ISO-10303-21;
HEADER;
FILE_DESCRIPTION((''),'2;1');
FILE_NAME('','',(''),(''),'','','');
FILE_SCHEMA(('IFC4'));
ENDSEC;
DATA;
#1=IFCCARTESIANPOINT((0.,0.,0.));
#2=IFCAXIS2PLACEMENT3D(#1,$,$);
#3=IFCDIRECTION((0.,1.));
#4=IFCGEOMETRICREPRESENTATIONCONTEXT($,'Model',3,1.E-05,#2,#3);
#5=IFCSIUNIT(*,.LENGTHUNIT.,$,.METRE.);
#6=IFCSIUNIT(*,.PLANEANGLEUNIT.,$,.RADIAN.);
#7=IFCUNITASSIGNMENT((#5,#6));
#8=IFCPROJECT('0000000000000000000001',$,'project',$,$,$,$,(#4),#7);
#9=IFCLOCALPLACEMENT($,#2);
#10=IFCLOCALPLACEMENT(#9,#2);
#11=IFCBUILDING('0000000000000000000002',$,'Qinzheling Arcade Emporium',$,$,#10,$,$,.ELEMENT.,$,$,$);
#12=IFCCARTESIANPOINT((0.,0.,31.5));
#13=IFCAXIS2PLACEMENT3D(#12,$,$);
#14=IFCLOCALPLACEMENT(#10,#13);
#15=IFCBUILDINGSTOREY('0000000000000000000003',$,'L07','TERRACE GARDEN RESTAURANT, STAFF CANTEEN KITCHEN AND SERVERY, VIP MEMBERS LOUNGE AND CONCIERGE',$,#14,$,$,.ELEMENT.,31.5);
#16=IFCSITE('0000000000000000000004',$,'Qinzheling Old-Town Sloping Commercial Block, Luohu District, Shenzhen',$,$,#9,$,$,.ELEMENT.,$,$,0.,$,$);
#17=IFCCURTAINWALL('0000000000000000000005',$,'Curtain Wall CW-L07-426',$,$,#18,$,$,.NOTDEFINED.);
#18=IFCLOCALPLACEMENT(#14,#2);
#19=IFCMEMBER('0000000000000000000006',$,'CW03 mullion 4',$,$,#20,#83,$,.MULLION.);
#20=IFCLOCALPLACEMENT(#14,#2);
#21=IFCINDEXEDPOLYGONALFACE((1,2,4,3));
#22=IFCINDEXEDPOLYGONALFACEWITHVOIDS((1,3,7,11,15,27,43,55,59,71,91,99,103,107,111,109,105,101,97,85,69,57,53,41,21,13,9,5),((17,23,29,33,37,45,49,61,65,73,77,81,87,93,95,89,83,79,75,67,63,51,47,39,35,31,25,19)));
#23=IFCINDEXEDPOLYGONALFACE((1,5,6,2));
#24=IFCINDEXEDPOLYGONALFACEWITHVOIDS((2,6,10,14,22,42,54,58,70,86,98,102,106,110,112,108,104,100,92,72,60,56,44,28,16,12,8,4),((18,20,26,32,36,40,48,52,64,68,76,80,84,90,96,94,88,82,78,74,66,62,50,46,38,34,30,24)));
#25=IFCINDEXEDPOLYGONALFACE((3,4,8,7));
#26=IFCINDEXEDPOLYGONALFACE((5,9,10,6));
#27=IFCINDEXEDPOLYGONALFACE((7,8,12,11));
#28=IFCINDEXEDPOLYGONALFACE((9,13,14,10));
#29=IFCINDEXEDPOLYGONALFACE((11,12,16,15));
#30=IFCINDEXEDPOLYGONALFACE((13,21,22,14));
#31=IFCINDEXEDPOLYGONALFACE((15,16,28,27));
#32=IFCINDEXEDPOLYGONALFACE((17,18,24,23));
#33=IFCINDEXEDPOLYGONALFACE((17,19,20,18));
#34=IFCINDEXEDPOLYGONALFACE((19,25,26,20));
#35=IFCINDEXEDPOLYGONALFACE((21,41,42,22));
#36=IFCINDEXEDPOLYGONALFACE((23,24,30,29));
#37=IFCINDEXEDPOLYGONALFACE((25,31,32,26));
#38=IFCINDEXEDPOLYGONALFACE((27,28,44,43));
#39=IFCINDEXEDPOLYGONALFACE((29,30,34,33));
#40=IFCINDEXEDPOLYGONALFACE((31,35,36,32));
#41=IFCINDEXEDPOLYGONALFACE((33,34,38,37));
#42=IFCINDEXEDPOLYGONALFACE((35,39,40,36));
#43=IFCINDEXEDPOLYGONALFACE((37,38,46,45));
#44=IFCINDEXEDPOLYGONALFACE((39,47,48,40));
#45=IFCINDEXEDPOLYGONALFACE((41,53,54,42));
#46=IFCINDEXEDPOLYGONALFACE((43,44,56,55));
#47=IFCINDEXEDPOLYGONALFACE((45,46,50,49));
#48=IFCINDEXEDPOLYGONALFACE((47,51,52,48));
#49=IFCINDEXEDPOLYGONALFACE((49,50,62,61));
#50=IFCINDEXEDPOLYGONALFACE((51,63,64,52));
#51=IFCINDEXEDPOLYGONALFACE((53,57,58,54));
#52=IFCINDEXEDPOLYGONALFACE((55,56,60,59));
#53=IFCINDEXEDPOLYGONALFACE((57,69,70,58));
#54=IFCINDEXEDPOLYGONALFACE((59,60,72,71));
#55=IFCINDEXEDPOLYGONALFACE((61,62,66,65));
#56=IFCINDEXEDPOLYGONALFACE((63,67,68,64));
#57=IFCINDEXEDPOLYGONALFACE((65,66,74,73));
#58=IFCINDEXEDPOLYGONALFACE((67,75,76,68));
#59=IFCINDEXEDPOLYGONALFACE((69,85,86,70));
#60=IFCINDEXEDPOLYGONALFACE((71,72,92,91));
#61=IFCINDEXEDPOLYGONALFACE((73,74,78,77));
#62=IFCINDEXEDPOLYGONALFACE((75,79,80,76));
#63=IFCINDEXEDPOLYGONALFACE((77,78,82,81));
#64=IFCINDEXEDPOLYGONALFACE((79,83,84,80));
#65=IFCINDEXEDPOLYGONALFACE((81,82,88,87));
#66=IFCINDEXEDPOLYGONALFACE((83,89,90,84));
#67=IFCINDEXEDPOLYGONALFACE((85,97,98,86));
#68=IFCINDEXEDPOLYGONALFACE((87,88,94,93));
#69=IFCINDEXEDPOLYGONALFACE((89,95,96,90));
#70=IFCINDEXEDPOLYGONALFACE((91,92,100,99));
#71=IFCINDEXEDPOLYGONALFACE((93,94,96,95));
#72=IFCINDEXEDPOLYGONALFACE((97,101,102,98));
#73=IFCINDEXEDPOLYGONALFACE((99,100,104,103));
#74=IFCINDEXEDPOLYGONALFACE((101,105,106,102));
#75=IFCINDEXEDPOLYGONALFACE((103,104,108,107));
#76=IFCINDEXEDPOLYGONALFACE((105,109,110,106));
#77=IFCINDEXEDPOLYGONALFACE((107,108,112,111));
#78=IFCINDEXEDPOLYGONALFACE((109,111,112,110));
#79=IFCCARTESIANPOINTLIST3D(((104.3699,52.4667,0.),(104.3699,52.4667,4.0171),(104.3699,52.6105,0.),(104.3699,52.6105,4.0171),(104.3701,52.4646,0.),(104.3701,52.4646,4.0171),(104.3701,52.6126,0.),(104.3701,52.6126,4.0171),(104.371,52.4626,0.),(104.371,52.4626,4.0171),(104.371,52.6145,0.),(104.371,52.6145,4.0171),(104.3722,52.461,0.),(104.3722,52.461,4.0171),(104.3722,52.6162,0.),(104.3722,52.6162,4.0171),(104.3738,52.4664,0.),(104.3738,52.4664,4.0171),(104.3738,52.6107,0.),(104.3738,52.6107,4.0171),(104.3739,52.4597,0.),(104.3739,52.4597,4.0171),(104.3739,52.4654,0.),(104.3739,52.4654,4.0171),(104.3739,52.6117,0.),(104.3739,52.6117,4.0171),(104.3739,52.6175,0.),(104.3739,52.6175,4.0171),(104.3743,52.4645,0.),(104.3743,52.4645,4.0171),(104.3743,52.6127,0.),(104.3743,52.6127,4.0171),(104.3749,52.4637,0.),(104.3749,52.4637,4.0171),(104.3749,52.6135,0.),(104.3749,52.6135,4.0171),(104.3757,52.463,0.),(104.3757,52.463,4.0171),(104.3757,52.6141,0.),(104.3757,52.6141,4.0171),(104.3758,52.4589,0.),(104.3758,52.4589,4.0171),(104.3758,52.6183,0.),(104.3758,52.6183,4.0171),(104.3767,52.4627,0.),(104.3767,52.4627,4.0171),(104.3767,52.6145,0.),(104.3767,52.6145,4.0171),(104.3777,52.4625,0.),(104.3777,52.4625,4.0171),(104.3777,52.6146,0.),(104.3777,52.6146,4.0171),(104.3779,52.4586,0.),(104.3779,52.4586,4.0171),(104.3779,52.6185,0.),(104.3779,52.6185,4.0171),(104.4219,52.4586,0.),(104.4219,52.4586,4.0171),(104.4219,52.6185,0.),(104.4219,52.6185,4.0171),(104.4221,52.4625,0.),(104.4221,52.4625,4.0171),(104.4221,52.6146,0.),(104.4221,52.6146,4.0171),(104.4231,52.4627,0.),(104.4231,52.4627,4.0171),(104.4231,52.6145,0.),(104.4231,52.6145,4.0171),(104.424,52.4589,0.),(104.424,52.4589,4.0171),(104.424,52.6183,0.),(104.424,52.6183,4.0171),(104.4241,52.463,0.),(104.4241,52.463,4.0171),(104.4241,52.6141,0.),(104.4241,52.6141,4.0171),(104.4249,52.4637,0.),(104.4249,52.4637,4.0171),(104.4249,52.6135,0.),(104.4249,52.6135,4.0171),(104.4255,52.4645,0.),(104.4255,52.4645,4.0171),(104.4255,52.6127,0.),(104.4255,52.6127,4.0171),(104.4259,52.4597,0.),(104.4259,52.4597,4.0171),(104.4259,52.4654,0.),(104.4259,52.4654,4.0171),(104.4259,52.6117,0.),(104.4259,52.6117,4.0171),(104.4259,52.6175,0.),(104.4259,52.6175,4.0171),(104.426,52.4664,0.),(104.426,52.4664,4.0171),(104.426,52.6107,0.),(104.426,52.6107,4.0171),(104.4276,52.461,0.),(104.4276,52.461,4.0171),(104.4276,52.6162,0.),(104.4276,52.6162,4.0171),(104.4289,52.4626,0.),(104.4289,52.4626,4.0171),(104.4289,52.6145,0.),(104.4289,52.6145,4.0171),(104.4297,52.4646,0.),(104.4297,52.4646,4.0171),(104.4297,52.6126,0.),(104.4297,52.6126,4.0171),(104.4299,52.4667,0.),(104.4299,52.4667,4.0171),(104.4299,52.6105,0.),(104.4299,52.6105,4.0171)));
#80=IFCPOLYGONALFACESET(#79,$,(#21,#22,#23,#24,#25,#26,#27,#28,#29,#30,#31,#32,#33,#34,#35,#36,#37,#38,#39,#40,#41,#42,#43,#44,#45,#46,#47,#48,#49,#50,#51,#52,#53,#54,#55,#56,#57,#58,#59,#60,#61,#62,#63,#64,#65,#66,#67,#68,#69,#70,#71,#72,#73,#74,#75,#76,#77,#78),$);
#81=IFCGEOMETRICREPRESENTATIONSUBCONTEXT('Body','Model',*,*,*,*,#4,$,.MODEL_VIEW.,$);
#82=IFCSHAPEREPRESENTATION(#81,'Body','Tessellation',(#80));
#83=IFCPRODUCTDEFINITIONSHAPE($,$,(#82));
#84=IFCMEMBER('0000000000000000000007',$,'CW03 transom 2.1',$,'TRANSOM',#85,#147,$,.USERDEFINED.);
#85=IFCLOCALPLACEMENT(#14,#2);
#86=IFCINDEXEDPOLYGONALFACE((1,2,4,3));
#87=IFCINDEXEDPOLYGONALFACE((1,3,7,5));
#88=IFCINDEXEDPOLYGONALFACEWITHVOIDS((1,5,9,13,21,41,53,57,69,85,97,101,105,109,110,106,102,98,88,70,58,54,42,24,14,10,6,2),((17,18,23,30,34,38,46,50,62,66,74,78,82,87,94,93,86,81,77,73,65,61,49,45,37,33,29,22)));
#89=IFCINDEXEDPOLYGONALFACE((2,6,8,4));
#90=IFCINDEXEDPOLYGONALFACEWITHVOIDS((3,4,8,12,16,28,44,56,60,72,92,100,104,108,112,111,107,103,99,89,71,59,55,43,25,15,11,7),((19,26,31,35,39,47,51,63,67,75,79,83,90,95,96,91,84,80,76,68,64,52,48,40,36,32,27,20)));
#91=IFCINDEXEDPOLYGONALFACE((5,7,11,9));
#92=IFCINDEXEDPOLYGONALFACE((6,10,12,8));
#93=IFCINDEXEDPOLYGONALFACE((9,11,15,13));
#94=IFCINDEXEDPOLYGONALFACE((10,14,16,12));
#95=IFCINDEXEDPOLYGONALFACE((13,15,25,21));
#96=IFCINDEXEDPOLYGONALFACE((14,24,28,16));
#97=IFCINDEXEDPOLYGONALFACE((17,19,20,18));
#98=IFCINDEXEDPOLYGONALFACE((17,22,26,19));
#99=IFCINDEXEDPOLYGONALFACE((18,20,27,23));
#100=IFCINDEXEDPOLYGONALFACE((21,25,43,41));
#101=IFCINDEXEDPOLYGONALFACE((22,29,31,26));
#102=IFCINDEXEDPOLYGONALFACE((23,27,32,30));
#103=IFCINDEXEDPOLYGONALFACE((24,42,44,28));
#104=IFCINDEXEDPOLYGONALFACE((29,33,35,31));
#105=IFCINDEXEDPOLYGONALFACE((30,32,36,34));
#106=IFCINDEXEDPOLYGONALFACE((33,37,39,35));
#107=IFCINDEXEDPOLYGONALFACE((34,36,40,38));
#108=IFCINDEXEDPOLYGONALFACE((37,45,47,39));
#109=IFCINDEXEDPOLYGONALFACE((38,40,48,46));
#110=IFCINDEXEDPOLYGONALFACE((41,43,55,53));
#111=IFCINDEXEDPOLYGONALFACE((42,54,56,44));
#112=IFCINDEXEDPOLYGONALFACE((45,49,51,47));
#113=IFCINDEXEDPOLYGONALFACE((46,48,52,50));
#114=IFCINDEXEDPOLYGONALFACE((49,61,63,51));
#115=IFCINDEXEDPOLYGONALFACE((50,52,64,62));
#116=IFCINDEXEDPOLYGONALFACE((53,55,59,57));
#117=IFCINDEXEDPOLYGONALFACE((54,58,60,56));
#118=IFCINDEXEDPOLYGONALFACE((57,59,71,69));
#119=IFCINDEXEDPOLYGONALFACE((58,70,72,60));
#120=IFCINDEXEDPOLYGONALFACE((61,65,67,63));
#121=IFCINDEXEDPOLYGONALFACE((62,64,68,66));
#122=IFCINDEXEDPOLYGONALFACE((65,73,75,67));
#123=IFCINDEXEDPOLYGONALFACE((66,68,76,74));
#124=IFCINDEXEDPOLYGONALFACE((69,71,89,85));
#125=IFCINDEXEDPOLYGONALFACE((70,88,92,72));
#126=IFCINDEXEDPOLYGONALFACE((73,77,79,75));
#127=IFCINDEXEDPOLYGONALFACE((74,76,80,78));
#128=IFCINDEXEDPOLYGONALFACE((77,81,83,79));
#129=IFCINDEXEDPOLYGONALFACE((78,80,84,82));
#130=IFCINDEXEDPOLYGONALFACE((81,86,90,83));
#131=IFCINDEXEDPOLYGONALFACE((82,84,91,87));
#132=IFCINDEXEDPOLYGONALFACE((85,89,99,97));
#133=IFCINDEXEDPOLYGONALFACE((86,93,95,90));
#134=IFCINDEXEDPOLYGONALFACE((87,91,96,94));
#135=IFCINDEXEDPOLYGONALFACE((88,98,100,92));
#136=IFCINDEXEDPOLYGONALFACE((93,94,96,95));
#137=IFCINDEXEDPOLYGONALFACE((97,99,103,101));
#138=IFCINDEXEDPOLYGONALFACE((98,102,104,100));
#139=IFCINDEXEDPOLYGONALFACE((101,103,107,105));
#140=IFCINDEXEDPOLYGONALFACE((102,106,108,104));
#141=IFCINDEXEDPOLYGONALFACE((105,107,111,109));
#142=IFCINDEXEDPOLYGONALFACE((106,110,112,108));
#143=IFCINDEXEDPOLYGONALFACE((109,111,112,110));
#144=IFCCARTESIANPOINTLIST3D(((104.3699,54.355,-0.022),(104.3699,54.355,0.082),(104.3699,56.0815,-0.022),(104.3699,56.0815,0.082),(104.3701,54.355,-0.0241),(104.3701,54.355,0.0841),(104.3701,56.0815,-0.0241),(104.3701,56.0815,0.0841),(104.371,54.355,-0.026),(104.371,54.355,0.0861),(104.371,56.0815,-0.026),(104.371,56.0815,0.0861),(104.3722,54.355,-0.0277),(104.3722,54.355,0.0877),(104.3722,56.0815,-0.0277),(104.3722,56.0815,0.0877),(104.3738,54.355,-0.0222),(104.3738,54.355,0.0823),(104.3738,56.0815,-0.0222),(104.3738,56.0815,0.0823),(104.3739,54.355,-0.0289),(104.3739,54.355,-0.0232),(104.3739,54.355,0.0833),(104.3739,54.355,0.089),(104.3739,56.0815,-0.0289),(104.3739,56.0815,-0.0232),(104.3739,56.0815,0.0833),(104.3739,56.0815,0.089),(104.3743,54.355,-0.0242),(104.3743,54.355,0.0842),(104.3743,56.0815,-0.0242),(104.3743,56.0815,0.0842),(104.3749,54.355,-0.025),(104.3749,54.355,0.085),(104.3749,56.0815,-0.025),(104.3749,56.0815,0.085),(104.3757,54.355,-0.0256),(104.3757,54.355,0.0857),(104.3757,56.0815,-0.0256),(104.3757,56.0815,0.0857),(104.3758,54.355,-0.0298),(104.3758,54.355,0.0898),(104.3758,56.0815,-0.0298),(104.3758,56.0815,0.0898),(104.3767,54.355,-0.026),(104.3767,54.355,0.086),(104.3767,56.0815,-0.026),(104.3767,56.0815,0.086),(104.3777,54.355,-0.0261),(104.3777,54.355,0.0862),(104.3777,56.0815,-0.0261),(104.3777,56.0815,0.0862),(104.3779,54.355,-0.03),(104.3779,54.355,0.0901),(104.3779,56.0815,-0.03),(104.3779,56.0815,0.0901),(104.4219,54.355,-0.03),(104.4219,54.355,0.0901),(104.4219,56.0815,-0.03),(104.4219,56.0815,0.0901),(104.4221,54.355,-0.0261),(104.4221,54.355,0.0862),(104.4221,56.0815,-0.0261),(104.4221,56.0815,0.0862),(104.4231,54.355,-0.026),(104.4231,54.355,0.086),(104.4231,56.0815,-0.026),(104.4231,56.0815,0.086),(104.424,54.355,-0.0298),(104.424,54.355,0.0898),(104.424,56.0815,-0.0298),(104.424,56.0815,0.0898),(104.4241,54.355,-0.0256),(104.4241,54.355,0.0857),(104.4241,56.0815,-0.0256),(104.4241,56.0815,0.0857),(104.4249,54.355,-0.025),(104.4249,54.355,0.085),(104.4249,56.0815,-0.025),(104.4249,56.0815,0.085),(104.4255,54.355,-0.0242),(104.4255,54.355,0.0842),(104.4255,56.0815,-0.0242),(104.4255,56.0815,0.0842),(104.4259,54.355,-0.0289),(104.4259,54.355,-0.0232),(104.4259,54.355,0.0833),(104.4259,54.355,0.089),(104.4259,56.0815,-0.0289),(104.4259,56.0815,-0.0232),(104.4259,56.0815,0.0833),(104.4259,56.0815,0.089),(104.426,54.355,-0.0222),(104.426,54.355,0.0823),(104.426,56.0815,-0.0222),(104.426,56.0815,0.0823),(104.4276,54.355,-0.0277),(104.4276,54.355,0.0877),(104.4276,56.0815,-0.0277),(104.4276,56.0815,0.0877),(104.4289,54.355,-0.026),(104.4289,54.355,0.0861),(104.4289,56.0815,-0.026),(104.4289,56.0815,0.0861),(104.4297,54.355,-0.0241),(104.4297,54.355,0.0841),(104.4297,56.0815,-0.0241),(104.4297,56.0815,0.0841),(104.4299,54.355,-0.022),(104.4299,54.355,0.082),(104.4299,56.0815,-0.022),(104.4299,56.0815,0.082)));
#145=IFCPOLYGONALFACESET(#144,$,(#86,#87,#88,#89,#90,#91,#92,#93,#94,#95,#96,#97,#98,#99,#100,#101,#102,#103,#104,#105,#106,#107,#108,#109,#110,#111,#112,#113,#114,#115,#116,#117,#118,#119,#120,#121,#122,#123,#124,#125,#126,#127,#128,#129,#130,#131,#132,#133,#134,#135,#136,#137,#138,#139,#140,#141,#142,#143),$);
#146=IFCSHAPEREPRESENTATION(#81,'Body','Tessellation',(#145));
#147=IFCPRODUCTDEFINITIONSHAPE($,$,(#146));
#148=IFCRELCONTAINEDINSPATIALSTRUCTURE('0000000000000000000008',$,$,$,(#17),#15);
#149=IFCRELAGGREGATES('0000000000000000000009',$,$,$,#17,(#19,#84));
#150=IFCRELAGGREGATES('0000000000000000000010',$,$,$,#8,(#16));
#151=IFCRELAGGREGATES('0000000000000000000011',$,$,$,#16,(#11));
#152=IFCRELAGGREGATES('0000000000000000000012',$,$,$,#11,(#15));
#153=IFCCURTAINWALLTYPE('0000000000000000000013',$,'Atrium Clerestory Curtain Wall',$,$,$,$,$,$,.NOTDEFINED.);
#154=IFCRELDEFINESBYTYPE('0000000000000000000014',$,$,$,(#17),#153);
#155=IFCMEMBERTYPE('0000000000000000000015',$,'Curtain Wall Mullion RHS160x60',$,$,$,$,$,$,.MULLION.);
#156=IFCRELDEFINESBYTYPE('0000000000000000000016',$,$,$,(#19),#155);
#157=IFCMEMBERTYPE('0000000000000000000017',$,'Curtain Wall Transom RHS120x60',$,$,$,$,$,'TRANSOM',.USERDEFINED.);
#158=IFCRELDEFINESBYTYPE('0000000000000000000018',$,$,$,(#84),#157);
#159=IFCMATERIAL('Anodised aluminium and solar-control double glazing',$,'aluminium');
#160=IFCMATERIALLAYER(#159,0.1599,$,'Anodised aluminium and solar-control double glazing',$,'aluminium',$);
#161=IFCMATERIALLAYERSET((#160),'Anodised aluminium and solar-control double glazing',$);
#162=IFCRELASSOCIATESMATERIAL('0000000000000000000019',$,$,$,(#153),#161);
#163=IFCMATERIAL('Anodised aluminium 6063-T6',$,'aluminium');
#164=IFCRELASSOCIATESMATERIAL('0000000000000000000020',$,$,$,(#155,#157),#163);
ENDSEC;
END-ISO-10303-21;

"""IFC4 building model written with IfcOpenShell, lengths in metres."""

from ifc_helpers import new_model, si_unit, direction, frame, origin, origin_2d, place, context, subcontext, project, spatial, hollow_rectangle, extrude, material, layer, layer_set, material_profile, profile_set, type_object, element, aggregate, save


model = new_model("IFC4")

# Units and contexts
model_context = context("Model", 3, precision=1e-05, world=origin(), true_north=direction((0.0, 1.0)))
body_context = subcontext(model_context, "Body", "Model", "MODEL_VIEW")
ifc_project = project(units=[si_unit("LENGTHUNIT", "METRE"), si_unit("PLANEANGLEUNIT", "RADIAN")], contexts=[model_context])

# Site, building, storey
site_placement = place(None, origin())
site = spatial("IfcSite", under=ifc_project, at=site_placement, Name="Qinzheling Old-Town Sloping Commercial Block, Luohu District, Shenzhen", CompositionType="ELEMENT", RefElevation=0.0)
building_placement = place(site_placement, origin())
building = spatial("IfcBuilding", under=site, at=building_placement, Name="Qinzheling Arcade Emporium", CompositionType="ELEMENT")
storey_placement = place(building_placement, frame((0.0, 0.0, 31.5)))
storey = spatial("IfcBuildingStorey", under=building, at=storey_placement, Name="L07", Description="TERRACE GARDEN RESTAURANT, STAFF CANTEEN KITCHEN AND SERVERY, VIP MEMBERS LOUNGE AND CONCIERGE", CompositionType="ELEMENT", Elevation=31.5)

# Curtain wall, members
ifc_material_1 = material(Name="Anodised aluminium and solar-control double glazing", Category="aluminium")
ifc_layer_1 = layer(ifc_material_1, 0.1599, Name="Anodised aluminium and solar-control double glazing", Category="aluminium")
ifc_layer_set_1 = layer_set([ifc_layer_1], Name="Anodised aluminium and solar-control double glazing")
curtain_wall_type = type_object("IfcCurtainWallType", Name="Atrium Clerestory Curtain Wall", PredefinedType="NOTDEFINED", material=ifc_layer_set_1)
curtain_wall_placement = place(storey_placement, origin())
curtain_wall = element("IfcCurtainWall", 1, at=curtain_wall_placement, inside=storey, type_object=curtain_wall_type, Name="Curtain Wall CW-L07-426", PredefinedType="NOTDEFINED")
ifc_material_2 = material(Name="Anodised aluminium 6063-T6", Category="aluminium")
ifc_material_profile_1 = material_profile(ifc_material_2, hollow_rectangle(XDim=0.0601, YDim=0.1599, WallThickness=0.0039, InnerFilletRadius=0.0039, OuterFilletRadius=0.0081, at=origin_2d()), Name="RHS 160x60x4", Category="aluminium")
ifc_profile_set_1 = profile_set([ifc_material_profile_1], Name="Anodised aluminium 6063-T6")
member_type_1 = type_object("IfcMemberType", Name="Curtain Wall Mullion RHS160x60", PredefinedType="MULLION", material=ifc_profile_set_1)
member_1_placement = place(storey_placement, frame((104.3999, 52.5386, 0.0), z_axis=(0.0, 0.0, 1.0), x_axis=(1.0, 0.0, 0.0)))
member_1 = element("IfcMember", 2, at=member_1_placement, type_object=member_type_1, Name="CW03 mullion 4", PredefinedType="MULLION", context=body_context, shape_type="SweptSolid", body=[
    extrude(hollow_rectangle(XDim=0.0601, YDim=0.1599, WallThickness=0.0039, InnerFilletRadius=0.0039, OuterFilletRadius=0.0081, at=origin_2d()), origin(), (0.0, 0.0, 1.0), 4.0171),
])
ifc_material_profile_2 = material_profile(ifc_material_2, hollow_rectangle(XDim=0.0601, YDim=0.1201, WallThickness=0.0039, InnerFilletRadius=0.0039, OuterFilletRadius=0.0081, at=origin_2d()), Name="RHS 120x60x4", Category="aluminium")
ifc_profile_set_2 = profile_set([ifc_material_profile_2], Name="Anodised aluminium 6063-T6")
member_type_2 = type_object("IfcMemberType", Name="Curtain Wall Transom RHS120x60", ElementType="TRANSOM", PredefinedType="USERDEFINED", material=ifc_profile_set_2)
member_2_placement = place(storey_placement, frame((104.3999, 56.0815, 0.03), z_axis=(0.0, -1.0, 0.0), x_axis=(1.0, 0.0, 0.0)))
member_2 = element("IfcMember", 3, at=member_2_placement, type_object=member_type_2, Name="CW03 transom 2.1", ObjectType="TRANSOM", PredefinedType="USERDEFINED", context=body_context, shape_type="SweptSolid", body=[
    extrude(hollow_rectangle(XDim=0.0601, YDim=0.1201, WallThickness=0.0039, InnerFilletRadius=0.0039, OuterFilletRadius=0.0081, at=origin_2d()), origin(), (0.0, 0.0, 1.0), 1.7266),
])
aggregate(curtain_wall, [member_1, member_2])

save(model, "model.ifc")
